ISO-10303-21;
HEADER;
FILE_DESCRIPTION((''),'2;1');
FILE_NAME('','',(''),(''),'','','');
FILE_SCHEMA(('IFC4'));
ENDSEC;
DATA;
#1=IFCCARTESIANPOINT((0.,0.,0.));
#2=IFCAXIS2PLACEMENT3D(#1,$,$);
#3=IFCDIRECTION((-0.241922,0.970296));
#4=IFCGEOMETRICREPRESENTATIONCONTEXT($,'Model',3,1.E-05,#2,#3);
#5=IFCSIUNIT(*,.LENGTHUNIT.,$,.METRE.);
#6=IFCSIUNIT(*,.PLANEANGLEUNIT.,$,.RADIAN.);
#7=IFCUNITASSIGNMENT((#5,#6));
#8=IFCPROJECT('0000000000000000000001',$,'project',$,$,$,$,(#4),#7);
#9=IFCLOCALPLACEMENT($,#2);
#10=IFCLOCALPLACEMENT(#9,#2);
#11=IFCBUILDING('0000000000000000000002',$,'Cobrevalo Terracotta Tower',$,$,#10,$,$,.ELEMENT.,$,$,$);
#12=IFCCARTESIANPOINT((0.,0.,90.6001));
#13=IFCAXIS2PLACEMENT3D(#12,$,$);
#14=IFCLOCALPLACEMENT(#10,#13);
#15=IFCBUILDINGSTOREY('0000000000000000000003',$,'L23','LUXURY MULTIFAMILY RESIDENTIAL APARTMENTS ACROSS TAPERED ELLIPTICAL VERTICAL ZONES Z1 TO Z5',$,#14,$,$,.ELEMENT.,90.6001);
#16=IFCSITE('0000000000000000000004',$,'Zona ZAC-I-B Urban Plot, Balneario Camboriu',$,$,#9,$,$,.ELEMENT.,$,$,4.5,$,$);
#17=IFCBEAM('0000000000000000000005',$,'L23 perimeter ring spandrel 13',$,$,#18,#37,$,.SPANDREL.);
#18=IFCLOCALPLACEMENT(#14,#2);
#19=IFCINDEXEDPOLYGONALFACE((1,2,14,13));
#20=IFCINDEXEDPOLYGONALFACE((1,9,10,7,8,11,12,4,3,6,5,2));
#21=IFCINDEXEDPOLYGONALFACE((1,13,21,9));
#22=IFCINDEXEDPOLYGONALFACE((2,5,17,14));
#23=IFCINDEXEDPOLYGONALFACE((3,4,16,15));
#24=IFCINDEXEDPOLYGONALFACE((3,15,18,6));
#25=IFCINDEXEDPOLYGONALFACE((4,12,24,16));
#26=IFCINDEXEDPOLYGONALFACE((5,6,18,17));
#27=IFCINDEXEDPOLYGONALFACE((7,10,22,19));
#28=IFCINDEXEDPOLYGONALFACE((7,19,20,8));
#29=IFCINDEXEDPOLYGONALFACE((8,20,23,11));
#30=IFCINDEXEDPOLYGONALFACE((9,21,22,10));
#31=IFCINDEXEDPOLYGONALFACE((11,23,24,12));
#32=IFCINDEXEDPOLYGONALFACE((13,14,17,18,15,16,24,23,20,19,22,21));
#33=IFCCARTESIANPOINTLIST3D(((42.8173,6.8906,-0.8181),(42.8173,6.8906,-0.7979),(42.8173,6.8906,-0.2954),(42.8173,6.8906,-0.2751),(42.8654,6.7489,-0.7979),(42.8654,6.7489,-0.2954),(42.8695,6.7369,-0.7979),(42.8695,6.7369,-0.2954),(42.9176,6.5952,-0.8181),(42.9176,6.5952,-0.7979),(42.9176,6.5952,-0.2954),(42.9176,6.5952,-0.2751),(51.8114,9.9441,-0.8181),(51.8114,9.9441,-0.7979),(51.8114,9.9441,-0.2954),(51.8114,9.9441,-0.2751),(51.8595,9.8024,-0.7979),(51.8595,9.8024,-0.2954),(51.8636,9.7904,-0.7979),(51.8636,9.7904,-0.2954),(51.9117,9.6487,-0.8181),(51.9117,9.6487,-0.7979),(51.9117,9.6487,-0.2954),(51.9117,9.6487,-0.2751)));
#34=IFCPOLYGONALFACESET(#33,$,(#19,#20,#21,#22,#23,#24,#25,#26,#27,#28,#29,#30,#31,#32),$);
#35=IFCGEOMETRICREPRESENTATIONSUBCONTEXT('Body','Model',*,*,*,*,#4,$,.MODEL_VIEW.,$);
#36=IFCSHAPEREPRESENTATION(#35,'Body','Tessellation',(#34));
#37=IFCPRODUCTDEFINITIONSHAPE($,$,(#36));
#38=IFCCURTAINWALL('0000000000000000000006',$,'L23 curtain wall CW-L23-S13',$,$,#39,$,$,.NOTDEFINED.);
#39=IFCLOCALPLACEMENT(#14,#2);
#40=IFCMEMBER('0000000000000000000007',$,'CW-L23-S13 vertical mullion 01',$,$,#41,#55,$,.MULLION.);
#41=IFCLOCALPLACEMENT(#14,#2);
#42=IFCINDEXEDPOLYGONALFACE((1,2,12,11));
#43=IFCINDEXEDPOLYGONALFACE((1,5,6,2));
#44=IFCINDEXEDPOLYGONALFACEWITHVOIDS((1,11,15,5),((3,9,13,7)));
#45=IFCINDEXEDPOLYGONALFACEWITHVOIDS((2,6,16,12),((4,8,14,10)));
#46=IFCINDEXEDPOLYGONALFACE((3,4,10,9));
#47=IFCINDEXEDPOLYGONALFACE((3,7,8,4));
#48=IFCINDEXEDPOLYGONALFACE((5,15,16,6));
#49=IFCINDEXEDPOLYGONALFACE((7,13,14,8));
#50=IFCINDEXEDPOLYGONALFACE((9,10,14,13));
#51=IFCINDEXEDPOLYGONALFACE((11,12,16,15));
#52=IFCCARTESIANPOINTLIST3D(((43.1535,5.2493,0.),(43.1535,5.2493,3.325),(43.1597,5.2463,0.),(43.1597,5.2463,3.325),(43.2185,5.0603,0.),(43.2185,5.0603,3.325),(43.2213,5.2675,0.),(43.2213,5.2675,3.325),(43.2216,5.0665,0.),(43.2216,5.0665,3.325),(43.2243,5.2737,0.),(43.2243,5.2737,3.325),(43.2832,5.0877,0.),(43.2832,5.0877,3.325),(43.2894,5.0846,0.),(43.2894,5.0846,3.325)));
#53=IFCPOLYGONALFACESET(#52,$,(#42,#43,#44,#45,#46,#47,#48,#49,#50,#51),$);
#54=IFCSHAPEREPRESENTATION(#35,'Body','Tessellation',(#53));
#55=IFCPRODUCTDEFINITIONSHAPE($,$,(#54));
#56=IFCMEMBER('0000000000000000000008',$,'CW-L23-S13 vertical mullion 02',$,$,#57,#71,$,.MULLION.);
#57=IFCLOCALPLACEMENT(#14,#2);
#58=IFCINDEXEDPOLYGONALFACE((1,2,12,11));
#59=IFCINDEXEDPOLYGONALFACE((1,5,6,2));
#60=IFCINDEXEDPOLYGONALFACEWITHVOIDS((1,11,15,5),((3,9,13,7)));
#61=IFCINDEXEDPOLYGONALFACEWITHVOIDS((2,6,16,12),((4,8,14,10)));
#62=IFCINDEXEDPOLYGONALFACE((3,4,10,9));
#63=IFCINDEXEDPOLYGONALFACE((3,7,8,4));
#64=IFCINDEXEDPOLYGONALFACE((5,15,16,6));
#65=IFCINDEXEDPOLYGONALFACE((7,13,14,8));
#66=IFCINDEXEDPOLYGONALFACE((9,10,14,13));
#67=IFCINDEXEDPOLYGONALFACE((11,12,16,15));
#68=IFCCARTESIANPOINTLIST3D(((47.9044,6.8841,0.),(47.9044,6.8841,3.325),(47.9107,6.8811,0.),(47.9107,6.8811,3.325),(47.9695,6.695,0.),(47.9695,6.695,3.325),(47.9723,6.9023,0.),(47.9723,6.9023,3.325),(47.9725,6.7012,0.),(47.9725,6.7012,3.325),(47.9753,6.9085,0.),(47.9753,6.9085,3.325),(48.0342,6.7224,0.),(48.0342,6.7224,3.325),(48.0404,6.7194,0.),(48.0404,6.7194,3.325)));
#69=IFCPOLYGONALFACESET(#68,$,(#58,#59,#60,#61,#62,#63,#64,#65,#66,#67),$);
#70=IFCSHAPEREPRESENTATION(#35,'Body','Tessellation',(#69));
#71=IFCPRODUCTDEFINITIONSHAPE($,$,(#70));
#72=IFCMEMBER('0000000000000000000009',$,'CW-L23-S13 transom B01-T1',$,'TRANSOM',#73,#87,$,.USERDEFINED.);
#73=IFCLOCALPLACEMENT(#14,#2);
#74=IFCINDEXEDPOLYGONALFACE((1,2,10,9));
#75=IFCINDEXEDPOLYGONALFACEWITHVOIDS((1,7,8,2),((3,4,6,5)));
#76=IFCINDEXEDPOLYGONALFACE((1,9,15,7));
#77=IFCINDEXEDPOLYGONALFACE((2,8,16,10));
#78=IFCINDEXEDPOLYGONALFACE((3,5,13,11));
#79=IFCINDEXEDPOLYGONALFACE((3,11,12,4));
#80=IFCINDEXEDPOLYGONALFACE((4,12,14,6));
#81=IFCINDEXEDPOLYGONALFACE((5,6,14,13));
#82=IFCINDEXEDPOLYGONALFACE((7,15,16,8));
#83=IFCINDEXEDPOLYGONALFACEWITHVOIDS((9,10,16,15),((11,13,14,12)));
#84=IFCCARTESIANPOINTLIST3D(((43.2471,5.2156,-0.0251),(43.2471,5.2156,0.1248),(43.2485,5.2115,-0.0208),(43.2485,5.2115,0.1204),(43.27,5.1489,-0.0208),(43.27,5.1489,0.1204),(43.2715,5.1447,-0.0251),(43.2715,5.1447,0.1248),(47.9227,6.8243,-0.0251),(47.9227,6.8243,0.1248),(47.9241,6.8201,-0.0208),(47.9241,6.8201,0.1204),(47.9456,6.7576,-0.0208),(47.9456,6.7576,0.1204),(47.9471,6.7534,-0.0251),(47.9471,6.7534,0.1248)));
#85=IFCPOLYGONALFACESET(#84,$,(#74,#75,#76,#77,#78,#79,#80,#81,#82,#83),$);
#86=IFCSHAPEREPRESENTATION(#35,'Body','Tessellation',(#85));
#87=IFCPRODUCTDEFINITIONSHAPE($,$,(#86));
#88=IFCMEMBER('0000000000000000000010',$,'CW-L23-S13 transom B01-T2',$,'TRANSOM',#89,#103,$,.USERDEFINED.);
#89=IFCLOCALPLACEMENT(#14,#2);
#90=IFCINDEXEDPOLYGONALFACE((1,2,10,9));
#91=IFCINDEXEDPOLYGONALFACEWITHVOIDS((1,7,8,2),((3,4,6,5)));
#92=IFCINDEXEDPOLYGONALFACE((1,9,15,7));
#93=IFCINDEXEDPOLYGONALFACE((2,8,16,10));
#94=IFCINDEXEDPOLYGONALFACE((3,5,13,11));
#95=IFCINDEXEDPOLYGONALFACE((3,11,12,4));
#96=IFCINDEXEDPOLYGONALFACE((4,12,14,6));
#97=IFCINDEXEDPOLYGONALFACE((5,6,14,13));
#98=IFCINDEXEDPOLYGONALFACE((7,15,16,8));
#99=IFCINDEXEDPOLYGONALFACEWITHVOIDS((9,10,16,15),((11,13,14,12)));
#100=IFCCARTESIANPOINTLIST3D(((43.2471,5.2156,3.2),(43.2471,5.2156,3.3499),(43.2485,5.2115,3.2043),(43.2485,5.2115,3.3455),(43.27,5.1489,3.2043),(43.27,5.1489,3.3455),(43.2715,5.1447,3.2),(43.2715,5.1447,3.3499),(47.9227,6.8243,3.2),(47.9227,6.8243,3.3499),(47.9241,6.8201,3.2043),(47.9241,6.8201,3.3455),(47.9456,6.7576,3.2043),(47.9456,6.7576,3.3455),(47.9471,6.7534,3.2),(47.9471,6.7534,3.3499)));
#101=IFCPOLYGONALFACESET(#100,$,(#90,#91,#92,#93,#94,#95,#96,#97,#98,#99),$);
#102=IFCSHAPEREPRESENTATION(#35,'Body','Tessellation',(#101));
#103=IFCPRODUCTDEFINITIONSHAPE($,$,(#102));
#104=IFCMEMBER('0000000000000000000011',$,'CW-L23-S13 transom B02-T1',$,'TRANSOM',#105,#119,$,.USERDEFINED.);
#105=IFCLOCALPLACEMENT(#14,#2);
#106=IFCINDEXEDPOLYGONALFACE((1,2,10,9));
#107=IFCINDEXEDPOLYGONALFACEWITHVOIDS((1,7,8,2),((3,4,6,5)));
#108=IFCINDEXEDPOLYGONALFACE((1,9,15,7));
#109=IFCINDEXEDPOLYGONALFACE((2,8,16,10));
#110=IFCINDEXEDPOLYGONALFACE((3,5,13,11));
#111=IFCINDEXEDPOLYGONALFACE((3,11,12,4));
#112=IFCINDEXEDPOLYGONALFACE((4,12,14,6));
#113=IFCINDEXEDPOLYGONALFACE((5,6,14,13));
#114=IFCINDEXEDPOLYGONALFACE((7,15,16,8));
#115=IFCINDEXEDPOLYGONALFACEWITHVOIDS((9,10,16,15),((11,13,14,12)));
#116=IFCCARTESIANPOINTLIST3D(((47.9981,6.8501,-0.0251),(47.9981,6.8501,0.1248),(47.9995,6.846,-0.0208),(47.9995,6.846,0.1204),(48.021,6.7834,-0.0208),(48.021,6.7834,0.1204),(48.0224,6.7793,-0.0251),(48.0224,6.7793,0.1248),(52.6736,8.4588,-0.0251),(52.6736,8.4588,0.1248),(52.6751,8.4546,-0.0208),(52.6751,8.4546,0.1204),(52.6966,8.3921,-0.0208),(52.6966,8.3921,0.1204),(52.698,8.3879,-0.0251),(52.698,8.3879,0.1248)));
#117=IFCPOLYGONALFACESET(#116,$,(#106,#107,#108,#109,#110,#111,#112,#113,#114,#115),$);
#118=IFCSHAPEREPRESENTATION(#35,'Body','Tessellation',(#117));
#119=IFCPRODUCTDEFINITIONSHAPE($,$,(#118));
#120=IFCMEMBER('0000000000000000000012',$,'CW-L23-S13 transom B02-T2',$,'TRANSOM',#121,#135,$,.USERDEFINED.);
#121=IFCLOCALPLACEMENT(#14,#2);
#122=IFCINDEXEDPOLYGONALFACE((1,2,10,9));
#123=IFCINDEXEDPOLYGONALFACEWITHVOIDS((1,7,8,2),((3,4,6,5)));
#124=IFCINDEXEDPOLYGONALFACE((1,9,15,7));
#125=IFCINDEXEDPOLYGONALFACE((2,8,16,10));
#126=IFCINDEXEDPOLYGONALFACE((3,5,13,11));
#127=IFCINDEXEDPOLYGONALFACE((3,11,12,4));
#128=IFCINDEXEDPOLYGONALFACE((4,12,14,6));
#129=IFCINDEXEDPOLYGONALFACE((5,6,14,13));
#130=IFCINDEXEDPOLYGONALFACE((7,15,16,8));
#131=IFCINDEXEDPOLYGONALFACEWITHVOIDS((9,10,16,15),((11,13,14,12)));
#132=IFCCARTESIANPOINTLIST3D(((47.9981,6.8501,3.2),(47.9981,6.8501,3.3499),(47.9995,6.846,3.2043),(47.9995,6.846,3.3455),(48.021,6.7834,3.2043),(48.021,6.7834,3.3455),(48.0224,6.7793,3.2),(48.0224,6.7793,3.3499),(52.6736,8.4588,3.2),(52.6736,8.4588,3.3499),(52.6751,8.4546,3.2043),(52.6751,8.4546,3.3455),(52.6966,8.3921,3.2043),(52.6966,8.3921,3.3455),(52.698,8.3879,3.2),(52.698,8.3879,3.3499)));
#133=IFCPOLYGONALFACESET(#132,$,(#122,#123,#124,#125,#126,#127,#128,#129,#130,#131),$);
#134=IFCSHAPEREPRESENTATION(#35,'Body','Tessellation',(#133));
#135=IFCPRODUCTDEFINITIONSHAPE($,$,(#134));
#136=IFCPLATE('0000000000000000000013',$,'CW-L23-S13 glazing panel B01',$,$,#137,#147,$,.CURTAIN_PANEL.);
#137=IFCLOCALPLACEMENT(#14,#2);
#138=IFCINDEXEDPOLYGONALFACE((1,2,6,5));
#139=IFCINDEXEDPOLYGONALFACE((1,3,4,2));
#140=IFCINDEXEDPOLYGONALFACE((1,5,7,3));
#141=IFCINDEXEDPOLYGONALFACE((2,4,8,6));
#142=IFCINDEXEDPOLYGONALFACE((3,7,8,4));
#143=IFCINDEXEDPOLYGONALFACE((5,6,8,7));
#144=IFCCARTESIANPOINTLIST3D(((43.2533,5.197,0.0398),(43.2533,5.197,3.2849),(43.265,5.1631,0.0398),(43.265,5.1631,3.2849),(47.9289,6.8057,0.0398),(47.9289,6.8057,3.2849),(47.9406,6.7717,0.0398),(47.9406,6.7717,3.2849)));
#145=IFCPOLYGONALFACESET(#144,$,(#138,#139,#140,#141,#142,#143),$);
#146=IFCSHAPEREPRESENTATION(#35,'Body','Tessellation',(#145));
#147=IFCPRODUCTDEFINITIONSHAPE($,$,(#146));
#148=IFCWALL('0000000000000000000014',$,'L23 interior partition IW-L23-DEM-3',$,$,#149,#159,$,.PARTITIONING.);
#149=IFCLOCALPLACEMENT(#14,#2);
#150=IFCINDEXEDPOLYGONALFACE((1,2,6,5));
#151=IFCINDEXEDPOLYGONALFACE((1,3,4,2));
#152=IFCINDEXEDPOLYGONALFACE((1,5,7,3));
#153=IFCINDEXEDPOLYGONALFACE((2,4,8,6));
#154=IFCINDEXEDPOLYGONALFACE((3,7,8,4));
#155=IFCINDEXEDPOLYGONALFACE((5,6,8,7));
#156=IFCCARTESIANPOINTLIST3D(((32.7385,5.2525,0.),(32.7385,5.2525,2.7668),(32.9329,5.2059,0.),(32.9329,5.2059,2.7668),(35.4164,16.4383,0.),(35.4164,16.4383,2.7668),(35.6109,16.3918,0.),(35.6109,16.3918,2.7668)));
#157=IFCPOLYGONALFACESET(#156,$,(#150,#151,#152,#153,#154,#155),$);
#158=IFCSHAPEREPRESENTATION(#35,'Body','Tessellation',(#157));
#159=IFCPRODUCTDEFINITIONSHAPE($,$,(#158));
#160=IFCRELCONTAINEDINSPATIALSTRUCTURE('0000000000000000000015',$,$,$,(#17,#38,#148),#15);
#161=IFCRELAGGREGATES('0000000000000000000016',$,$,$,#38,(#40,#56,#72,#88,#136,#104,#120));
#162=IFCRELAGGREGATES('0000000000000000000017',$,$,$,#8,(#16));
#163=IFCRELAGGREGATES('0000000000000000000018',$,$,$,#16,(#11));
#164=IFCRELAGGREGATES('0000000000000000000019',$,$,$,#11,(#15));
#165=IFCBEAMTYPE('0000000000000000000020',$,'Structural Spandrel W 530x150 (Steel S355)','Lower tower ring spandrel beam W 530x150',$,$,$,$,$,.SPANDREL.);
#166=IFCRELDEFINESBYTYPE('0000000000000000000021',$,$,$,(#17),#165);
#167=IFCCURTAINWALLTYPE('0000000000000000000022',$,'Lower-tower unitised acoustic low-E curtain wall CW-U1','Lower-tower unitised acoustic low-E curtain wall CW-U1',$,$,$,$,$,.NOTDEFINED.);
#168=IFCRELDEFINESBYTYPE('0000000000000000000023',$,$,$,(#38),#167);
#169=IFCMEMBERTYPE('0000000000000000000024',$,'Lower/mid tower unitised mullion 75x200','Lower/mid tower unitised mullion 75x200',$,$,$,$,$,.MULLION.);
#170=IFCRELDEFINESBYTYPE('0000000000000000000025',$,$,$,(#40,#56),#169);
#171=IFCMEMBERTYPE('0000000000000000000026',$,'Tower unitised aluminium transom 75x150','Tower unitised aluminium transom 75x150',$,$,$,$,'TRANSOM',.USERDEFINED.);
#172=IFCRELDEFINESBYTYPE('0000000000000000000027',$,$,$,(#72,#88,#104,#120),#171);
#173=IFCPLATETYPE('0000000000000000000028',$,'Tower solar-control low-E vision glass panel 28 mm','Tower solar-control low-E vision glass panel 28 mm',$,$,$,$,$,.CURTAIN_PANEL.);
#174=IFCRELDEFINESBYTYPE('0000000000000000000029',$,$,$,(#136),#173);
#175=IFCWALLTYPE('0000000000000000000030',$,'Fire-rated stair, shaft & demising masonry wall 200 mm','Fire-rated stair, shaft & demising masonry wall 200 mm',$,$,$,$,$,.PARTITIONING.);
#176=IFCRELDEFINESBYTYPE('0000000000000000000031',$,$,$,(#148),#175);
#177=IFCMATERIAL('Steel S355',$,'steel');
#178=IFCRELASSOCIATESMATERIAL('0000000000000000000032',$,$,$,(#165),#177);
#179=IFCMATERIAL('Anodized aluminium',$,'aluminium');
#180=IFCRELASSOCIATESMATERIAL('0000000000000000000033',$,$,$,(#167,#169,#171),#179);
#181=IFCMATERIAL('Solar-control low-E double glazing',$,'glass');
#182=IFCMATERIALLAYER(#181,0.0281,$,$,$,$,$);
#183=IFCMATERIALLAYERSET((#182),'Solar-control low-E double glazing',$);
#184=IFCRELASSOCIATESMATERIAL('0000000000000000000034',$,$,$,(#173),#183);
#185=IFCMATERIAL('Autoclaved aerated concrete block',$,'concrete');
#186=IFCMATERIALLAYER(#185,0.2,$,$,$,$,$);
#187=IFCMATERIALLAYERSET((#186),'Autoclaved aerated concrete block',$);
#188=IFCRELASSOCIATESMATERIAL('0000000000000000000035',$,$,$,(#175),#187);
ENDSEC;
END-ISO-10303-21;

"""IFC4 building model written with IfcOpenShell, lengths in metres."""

from ifc_helpers import new_model, si_unit, direction, frame, frame_2d, origin, origin_2d, place, context, subcontext, project, spatial, rectangle, hollow_rectangle, i_section, extrude, source, transform, mapped, material, layer, layer_set, material_profile, profile_set, type_object, element, aggregate, save


model = new_model("IFC4")

# Units and contexts
model_context = context("Model", 3, precision=1e-05, world=origin(), true_north=direction((-0.241922, 0.970296)))
body_context = subcontext(model_context, "Body", "Model", "MODEL_VIEW")
ifc_project = project(units=[si_unit("LENGTHUNIT", "METRE"), si_unit("PLANEANGLEUNIT", "RADIAN")], contexts=[model_context])

# Site, building, storey
site_placement = place(None, origin())
site = spatial("IfcSite", under=ifc_project, at=site_placement, Name="Zona ZAC-I-B Urban Plot, Balneario Camboriu", CompositionType="ELEMENT", RefElevation=4.5)
building_placement = place(site_placement, origin())
building = spatial("IfcBuilding", under=site, at=building_placement, Name="Cobrevalo Terracotta Tower", CompositionType="ELEMENT")
storey_placement = place(building_placement, frame((0.0, 0.0, 90.6001)))
storey = spatial("IfcBuildingStorey", under=building, at=storey_placement, Name="L23", Description="LUXURY MULTIFAMILY RESIDENTIAL APARTMENTS ACROSS TAPERED ELLIPTICAL VERTICAL ZONES Z1 TO Z5", CompositionType="ELEMENT", Elevation=90.6001)

# Shared definitions
ifc_material_1 = material(Name="Steel S355", Category="steel")

# Beam
ifc_material_profile_1 = material_profile(ifc_material_1, i_section(OverallWidth=0.312, OverallDepth=0.543, WebThickness=0.0127, FlangeThickness=0.0203, at=origin_2d()), Name="W 530x150")
ifc_profile_set_1 = profile_set([ifc_material_profile_1], Name="Steel S355")
beam_type_1 = type_object("IfcBeamType", Name="Structural Spandrel W 530x150 (Steel S355)", Description="Lower tower ring spandrel beam W 530x150", PredefinedType="SPANDREL", material=ifc_profile_set_1)
beam_1_placement = place(storey_placement, frame((42.8674, 6.7429, -0.5466), z_axis=(0.946918, 0.321474, 0.0), x_axis=(-0.321474, 0.946918, 0.0)))
element("IfcBeam", 1, at=beam_1_placement, inside=storey, type_object=beam_type_1, Name="L23 perimeter ring spandrel 13", PredefinedType="SPANDREL", context=body_context, shape_type="SweptSolid", body=[
    extrude(i_section(OverallWidth=0.312, OverallDepth=0.543, WebThickness=0.0127, FlangeThickness=0.0203, at=origin_2d()), origin(), (0.0, 0.0, 1.0), 9.4983),
])

# Curtain wall, members, plate
ifc_material_2 = material(Name="Anodized aluminium", Category="aluminium")
curtain_wall_type = type_object("IfcCurtainWallType", Name="Lower-tower unitised acoustic low-E curtain wall CW-U1", Description="Lower-tower unitised acoustic low-E curtain wall CW-U1", PredefinedType="NOTDEFINED", material=ifc_material_2)
curtain_wall_placement = place(storey_placement, origin())
curtain_wall = element("IfcCurtainWall", 2, at=curtain_wall_placement, inside=storey, type_object=curtain_wall_type, Name="L23 curtain wall CW-L23-S13", PredefinedType="NOTDEFINED")
ifc_material_profile_2 = material_profile(ifc_material_2, hollow_rectangle(XDim=0.075, YDim=0.2, WallThickness=0.0049, at=origin_2d()), Name="CWM 75x200")
ifc_profile_set_2 = profile_set([ifc_material_profile_2], Name="Anodized aluminium")
member_type_1 = type_object("IfcMemberType", Name="Lower/mid tower unitised mullion 75x200", Description="Lower/mid tower unitised mullion 75x200", PredefinedType="MULLION", material=ifc_profile_set_2)
shared_shape_1 = source(origin(), body_context, "Body", "SweptSolid", [
    extrude(hollow_rectangle(XDim=0.075, YDim=0.2, WallThickness=0.0049, at=origin_2d()), origin(), (0.0, 0.0, 1.0), 3.325),
])
member_1_placement = place(storey_placement, frame((43.2214, 5.167, 0.0), z_axis=(0.0, 0.0, 1.0), x_axis=(0.945598, 0.325337, 0.0)))
member_1 = element("IfcMember", 3, at=member_1_placement, type_object=member_type_1, Name="CW-L23-S13 vertical mullion 01", PredefinedType="MULLION", context=body_context, shape_type="MappedRepresentation", body=[
    mapped(shared_shape_1, transform((0.0, 0.0, 0.0), scale=1.0)),
])
member_2_placement = place(storey_placement, frame((47.9724, 6.8018, 0.0), z_axis=(0.0, 0.0, 1.0), x_axis=(0.945598, 0.325337, 0.0)))
member_2 = element("IfcMember", 4, at=member_2_placement, type_object=member_type_1, Name="CW-L23-S13 vertical mullion 02", PredefinedType="MULLION", context=body_context, shape_type="MappedRepresentation", body=[
    mapped(shared_shape_1, transform((0.0, 0.0, 0.0), scale=1.0)),
])
ifc_material_profile_3 = material_profile(ifc_material_2, hollow_rectangle(XDim=0.075, YDim=0.1499, WallThickness=0.0044, at=origin_2d()), Name="CWT 75x150")
ifc_profile_set_3 = profile_set([ifc_material_profile_3], Name="Anodized aluminium")
member_type_2 = type_object("IfcMemberType", Name="Tower unitised aluminium transom 75x150", Description="Tower unitised aluminium transom 75x150", ElementType="TRANSOM", PredefinedType="USERDEFINED", material=ifc_profile_set_3)
shared_shape_2 = source(origin(), body_context, "Body", "SweptSolid", [
    extrude(hollow_rectangle(XDim=0.075, YDim=0.1499, WallThickness=0.0044, at=origin_2d()), origin(), (0.0, 0.0, 1.0), 4.9446),
])
member_3_placement = place(storey_placement, frame((43.2593, 5.1802, 0.0498), z_axis=(0.945598, 0.325338, 0.0), x_axis=(-0.325338, 0.945598, 0.0)))
member_3 = element("IfcMember", 5, at=member_3_placement, type_object=member_type_2, Name="CW-L23-S13 transom B01-T1", ObjectType="TRANSOM", PredefinedType="USERDEFINED", context=body_context, shape_type="MappedRepresentation", body=[
    mapped(shared_shape_2, transform((0.0, 0.0, 0.0), scale=1.0)),
])
member_4_placement = place(storey_placement, frame((43.2593, 5.1802, 3.2749), z_axis=(0.945598, 0.325338, 0.0), x_axis=(-0.325338, 0.945598, 0.0)))
member_4 = element("IfcMember", 6, at=member_4_placement, type_object=member_type_2, Name="CW-L23-S13 transom B01-T2", ObjectType="TRANSOM", PredefinedType="USERDEFINED", context=body_context, shape_type="MappedRepresentation", body=[
    mapped(shared_shape_2, transform((0.0, 0.0, 0.0), scale=1.0)),
])
member_5_placement = place(storey_placement, frame((48.0103, 6.8147, 0.0498), z_axis=(0.945598, 0.325338, 0.0), x_axis=(-0.325338, 0.945598, 0.0)))
member_5 = element("IfcMember", 7, at=member_5_placement, type_object=member_type_2, Name="CW-L23-S13 transom B02-T1", ObjectType="TRANSOM", PredefinedType="USERDEFINED", context=body_context, shape_type="MappedRepresentation", body=[
    mapped(shared_shape_2, transform((0.0, 0.0, 0.0), scale=1.0)),
])
member_6_placement = place(storey_placement, frame((48.0103, 6.8147, 3.2749), z_axis=(0.945598, 0.325338, 0.0), x_axis=(-0.325338, 0.945598, 0.0)))
member_6 = element("IfcMember", 8, at=member_6_placement, type_object=member_type_2, Name="CW-L23-S13 transom B02-T2", ObjectType="TRANSOM", PredefinedType="USERDEFINED", context=body_context, shape_type="MappedRepresentation", body=[
    mapped(shared_shape_2, transform((0.0, 0.0, 0.0), scale=1.0)),
])
ifc_material_3 = material(Name="Solar-control low-E double glazing", Category="glass")
ifc_layer_1 = layer(ifc_material_3, 0.0281)
ifc_layer_set_1 = layer_set([ifc_layer_1], Name="Solar-control low-E double glazing")
plate_type = type_object("IfcPlateType", Name="Tower solar-control low-E vision glass panel 28 mm", Description="Tower solar-control low-E vision glass panel 28 mm", PredefinedType="CURTAIN_PANEL", material=ifc_layer_set_1)
shared_shape_3 = source(origin(), body_context, "Body", "SweptSolid", [
    extrude(rectangle(XDim=4.9446, YDim=0.0359, at=origin_2d()), origin(), (0.0, 0.0, 1.0), 3.2451),
])
plate_placement = place(storey_placement, frame((45.5969, 5.9844, 0.0398), z_axis=(0.0, 0.0, 1.0), x_axis=(0.945596, 0.325342, 0.0)))
plate = element("IfcPlate", 9, at=plate_placement, type_object=plate_type, Name="CW-L23-S13 glazing panel B01", PredefinedType="CURTAIN_PANEL", context=body_context, shape_type="MappedRepresentation", body=[
    mapped(shared_shape_3, transform((0.0, 0.0, 0.0), scale=1.0)),
])
aggregate(curtain_wall, [member_1, member_2, member_3, member_4, plate, member_5, member_6])

# Wall
ifc_material_4 = material(Name="Autoclaved aerated concrete block", Category="concrete")
ifc_layer_2 = layer(ifc_material_4, 0.2)
ifc_layer_set_2 = layer_set([ifc_layer_2], Name="Autoclaved aerated concrete block")
wall_type_1 = type_object("IfcWallType", Name="Fire-rated stair, shaft & demising masonry wall 200 mm", Description="Fire-rated stair, shaft & demising masonry wall 200 mm", PredefinedType="PARTITIONING", material=ifc_layer_set_2)
wall_1_placement = place(storey_placement, frame((35.5137, 16.415, 0.0), z_axis=(0.0, 0.0, 1.0), x_axis=(-0.232829, -0.972518, 0.0)))
element("IfcWall", 10, at=wall_1_placement, inside=storey, type_object=wall_type_1, Name="L23 interior partition IW-L23-DEM-3", PredefinedType="PARTITIONING", context=body_context, shape_type="SweptSolid", body=[
    extrude(rectangle(XDim=11.502, YDim=0.2, at=frame_2d((5.751, 0.0))), origin(), (0.0, 0.0, 1.0), 2.7668),
])

save(model, "model.ifc")
